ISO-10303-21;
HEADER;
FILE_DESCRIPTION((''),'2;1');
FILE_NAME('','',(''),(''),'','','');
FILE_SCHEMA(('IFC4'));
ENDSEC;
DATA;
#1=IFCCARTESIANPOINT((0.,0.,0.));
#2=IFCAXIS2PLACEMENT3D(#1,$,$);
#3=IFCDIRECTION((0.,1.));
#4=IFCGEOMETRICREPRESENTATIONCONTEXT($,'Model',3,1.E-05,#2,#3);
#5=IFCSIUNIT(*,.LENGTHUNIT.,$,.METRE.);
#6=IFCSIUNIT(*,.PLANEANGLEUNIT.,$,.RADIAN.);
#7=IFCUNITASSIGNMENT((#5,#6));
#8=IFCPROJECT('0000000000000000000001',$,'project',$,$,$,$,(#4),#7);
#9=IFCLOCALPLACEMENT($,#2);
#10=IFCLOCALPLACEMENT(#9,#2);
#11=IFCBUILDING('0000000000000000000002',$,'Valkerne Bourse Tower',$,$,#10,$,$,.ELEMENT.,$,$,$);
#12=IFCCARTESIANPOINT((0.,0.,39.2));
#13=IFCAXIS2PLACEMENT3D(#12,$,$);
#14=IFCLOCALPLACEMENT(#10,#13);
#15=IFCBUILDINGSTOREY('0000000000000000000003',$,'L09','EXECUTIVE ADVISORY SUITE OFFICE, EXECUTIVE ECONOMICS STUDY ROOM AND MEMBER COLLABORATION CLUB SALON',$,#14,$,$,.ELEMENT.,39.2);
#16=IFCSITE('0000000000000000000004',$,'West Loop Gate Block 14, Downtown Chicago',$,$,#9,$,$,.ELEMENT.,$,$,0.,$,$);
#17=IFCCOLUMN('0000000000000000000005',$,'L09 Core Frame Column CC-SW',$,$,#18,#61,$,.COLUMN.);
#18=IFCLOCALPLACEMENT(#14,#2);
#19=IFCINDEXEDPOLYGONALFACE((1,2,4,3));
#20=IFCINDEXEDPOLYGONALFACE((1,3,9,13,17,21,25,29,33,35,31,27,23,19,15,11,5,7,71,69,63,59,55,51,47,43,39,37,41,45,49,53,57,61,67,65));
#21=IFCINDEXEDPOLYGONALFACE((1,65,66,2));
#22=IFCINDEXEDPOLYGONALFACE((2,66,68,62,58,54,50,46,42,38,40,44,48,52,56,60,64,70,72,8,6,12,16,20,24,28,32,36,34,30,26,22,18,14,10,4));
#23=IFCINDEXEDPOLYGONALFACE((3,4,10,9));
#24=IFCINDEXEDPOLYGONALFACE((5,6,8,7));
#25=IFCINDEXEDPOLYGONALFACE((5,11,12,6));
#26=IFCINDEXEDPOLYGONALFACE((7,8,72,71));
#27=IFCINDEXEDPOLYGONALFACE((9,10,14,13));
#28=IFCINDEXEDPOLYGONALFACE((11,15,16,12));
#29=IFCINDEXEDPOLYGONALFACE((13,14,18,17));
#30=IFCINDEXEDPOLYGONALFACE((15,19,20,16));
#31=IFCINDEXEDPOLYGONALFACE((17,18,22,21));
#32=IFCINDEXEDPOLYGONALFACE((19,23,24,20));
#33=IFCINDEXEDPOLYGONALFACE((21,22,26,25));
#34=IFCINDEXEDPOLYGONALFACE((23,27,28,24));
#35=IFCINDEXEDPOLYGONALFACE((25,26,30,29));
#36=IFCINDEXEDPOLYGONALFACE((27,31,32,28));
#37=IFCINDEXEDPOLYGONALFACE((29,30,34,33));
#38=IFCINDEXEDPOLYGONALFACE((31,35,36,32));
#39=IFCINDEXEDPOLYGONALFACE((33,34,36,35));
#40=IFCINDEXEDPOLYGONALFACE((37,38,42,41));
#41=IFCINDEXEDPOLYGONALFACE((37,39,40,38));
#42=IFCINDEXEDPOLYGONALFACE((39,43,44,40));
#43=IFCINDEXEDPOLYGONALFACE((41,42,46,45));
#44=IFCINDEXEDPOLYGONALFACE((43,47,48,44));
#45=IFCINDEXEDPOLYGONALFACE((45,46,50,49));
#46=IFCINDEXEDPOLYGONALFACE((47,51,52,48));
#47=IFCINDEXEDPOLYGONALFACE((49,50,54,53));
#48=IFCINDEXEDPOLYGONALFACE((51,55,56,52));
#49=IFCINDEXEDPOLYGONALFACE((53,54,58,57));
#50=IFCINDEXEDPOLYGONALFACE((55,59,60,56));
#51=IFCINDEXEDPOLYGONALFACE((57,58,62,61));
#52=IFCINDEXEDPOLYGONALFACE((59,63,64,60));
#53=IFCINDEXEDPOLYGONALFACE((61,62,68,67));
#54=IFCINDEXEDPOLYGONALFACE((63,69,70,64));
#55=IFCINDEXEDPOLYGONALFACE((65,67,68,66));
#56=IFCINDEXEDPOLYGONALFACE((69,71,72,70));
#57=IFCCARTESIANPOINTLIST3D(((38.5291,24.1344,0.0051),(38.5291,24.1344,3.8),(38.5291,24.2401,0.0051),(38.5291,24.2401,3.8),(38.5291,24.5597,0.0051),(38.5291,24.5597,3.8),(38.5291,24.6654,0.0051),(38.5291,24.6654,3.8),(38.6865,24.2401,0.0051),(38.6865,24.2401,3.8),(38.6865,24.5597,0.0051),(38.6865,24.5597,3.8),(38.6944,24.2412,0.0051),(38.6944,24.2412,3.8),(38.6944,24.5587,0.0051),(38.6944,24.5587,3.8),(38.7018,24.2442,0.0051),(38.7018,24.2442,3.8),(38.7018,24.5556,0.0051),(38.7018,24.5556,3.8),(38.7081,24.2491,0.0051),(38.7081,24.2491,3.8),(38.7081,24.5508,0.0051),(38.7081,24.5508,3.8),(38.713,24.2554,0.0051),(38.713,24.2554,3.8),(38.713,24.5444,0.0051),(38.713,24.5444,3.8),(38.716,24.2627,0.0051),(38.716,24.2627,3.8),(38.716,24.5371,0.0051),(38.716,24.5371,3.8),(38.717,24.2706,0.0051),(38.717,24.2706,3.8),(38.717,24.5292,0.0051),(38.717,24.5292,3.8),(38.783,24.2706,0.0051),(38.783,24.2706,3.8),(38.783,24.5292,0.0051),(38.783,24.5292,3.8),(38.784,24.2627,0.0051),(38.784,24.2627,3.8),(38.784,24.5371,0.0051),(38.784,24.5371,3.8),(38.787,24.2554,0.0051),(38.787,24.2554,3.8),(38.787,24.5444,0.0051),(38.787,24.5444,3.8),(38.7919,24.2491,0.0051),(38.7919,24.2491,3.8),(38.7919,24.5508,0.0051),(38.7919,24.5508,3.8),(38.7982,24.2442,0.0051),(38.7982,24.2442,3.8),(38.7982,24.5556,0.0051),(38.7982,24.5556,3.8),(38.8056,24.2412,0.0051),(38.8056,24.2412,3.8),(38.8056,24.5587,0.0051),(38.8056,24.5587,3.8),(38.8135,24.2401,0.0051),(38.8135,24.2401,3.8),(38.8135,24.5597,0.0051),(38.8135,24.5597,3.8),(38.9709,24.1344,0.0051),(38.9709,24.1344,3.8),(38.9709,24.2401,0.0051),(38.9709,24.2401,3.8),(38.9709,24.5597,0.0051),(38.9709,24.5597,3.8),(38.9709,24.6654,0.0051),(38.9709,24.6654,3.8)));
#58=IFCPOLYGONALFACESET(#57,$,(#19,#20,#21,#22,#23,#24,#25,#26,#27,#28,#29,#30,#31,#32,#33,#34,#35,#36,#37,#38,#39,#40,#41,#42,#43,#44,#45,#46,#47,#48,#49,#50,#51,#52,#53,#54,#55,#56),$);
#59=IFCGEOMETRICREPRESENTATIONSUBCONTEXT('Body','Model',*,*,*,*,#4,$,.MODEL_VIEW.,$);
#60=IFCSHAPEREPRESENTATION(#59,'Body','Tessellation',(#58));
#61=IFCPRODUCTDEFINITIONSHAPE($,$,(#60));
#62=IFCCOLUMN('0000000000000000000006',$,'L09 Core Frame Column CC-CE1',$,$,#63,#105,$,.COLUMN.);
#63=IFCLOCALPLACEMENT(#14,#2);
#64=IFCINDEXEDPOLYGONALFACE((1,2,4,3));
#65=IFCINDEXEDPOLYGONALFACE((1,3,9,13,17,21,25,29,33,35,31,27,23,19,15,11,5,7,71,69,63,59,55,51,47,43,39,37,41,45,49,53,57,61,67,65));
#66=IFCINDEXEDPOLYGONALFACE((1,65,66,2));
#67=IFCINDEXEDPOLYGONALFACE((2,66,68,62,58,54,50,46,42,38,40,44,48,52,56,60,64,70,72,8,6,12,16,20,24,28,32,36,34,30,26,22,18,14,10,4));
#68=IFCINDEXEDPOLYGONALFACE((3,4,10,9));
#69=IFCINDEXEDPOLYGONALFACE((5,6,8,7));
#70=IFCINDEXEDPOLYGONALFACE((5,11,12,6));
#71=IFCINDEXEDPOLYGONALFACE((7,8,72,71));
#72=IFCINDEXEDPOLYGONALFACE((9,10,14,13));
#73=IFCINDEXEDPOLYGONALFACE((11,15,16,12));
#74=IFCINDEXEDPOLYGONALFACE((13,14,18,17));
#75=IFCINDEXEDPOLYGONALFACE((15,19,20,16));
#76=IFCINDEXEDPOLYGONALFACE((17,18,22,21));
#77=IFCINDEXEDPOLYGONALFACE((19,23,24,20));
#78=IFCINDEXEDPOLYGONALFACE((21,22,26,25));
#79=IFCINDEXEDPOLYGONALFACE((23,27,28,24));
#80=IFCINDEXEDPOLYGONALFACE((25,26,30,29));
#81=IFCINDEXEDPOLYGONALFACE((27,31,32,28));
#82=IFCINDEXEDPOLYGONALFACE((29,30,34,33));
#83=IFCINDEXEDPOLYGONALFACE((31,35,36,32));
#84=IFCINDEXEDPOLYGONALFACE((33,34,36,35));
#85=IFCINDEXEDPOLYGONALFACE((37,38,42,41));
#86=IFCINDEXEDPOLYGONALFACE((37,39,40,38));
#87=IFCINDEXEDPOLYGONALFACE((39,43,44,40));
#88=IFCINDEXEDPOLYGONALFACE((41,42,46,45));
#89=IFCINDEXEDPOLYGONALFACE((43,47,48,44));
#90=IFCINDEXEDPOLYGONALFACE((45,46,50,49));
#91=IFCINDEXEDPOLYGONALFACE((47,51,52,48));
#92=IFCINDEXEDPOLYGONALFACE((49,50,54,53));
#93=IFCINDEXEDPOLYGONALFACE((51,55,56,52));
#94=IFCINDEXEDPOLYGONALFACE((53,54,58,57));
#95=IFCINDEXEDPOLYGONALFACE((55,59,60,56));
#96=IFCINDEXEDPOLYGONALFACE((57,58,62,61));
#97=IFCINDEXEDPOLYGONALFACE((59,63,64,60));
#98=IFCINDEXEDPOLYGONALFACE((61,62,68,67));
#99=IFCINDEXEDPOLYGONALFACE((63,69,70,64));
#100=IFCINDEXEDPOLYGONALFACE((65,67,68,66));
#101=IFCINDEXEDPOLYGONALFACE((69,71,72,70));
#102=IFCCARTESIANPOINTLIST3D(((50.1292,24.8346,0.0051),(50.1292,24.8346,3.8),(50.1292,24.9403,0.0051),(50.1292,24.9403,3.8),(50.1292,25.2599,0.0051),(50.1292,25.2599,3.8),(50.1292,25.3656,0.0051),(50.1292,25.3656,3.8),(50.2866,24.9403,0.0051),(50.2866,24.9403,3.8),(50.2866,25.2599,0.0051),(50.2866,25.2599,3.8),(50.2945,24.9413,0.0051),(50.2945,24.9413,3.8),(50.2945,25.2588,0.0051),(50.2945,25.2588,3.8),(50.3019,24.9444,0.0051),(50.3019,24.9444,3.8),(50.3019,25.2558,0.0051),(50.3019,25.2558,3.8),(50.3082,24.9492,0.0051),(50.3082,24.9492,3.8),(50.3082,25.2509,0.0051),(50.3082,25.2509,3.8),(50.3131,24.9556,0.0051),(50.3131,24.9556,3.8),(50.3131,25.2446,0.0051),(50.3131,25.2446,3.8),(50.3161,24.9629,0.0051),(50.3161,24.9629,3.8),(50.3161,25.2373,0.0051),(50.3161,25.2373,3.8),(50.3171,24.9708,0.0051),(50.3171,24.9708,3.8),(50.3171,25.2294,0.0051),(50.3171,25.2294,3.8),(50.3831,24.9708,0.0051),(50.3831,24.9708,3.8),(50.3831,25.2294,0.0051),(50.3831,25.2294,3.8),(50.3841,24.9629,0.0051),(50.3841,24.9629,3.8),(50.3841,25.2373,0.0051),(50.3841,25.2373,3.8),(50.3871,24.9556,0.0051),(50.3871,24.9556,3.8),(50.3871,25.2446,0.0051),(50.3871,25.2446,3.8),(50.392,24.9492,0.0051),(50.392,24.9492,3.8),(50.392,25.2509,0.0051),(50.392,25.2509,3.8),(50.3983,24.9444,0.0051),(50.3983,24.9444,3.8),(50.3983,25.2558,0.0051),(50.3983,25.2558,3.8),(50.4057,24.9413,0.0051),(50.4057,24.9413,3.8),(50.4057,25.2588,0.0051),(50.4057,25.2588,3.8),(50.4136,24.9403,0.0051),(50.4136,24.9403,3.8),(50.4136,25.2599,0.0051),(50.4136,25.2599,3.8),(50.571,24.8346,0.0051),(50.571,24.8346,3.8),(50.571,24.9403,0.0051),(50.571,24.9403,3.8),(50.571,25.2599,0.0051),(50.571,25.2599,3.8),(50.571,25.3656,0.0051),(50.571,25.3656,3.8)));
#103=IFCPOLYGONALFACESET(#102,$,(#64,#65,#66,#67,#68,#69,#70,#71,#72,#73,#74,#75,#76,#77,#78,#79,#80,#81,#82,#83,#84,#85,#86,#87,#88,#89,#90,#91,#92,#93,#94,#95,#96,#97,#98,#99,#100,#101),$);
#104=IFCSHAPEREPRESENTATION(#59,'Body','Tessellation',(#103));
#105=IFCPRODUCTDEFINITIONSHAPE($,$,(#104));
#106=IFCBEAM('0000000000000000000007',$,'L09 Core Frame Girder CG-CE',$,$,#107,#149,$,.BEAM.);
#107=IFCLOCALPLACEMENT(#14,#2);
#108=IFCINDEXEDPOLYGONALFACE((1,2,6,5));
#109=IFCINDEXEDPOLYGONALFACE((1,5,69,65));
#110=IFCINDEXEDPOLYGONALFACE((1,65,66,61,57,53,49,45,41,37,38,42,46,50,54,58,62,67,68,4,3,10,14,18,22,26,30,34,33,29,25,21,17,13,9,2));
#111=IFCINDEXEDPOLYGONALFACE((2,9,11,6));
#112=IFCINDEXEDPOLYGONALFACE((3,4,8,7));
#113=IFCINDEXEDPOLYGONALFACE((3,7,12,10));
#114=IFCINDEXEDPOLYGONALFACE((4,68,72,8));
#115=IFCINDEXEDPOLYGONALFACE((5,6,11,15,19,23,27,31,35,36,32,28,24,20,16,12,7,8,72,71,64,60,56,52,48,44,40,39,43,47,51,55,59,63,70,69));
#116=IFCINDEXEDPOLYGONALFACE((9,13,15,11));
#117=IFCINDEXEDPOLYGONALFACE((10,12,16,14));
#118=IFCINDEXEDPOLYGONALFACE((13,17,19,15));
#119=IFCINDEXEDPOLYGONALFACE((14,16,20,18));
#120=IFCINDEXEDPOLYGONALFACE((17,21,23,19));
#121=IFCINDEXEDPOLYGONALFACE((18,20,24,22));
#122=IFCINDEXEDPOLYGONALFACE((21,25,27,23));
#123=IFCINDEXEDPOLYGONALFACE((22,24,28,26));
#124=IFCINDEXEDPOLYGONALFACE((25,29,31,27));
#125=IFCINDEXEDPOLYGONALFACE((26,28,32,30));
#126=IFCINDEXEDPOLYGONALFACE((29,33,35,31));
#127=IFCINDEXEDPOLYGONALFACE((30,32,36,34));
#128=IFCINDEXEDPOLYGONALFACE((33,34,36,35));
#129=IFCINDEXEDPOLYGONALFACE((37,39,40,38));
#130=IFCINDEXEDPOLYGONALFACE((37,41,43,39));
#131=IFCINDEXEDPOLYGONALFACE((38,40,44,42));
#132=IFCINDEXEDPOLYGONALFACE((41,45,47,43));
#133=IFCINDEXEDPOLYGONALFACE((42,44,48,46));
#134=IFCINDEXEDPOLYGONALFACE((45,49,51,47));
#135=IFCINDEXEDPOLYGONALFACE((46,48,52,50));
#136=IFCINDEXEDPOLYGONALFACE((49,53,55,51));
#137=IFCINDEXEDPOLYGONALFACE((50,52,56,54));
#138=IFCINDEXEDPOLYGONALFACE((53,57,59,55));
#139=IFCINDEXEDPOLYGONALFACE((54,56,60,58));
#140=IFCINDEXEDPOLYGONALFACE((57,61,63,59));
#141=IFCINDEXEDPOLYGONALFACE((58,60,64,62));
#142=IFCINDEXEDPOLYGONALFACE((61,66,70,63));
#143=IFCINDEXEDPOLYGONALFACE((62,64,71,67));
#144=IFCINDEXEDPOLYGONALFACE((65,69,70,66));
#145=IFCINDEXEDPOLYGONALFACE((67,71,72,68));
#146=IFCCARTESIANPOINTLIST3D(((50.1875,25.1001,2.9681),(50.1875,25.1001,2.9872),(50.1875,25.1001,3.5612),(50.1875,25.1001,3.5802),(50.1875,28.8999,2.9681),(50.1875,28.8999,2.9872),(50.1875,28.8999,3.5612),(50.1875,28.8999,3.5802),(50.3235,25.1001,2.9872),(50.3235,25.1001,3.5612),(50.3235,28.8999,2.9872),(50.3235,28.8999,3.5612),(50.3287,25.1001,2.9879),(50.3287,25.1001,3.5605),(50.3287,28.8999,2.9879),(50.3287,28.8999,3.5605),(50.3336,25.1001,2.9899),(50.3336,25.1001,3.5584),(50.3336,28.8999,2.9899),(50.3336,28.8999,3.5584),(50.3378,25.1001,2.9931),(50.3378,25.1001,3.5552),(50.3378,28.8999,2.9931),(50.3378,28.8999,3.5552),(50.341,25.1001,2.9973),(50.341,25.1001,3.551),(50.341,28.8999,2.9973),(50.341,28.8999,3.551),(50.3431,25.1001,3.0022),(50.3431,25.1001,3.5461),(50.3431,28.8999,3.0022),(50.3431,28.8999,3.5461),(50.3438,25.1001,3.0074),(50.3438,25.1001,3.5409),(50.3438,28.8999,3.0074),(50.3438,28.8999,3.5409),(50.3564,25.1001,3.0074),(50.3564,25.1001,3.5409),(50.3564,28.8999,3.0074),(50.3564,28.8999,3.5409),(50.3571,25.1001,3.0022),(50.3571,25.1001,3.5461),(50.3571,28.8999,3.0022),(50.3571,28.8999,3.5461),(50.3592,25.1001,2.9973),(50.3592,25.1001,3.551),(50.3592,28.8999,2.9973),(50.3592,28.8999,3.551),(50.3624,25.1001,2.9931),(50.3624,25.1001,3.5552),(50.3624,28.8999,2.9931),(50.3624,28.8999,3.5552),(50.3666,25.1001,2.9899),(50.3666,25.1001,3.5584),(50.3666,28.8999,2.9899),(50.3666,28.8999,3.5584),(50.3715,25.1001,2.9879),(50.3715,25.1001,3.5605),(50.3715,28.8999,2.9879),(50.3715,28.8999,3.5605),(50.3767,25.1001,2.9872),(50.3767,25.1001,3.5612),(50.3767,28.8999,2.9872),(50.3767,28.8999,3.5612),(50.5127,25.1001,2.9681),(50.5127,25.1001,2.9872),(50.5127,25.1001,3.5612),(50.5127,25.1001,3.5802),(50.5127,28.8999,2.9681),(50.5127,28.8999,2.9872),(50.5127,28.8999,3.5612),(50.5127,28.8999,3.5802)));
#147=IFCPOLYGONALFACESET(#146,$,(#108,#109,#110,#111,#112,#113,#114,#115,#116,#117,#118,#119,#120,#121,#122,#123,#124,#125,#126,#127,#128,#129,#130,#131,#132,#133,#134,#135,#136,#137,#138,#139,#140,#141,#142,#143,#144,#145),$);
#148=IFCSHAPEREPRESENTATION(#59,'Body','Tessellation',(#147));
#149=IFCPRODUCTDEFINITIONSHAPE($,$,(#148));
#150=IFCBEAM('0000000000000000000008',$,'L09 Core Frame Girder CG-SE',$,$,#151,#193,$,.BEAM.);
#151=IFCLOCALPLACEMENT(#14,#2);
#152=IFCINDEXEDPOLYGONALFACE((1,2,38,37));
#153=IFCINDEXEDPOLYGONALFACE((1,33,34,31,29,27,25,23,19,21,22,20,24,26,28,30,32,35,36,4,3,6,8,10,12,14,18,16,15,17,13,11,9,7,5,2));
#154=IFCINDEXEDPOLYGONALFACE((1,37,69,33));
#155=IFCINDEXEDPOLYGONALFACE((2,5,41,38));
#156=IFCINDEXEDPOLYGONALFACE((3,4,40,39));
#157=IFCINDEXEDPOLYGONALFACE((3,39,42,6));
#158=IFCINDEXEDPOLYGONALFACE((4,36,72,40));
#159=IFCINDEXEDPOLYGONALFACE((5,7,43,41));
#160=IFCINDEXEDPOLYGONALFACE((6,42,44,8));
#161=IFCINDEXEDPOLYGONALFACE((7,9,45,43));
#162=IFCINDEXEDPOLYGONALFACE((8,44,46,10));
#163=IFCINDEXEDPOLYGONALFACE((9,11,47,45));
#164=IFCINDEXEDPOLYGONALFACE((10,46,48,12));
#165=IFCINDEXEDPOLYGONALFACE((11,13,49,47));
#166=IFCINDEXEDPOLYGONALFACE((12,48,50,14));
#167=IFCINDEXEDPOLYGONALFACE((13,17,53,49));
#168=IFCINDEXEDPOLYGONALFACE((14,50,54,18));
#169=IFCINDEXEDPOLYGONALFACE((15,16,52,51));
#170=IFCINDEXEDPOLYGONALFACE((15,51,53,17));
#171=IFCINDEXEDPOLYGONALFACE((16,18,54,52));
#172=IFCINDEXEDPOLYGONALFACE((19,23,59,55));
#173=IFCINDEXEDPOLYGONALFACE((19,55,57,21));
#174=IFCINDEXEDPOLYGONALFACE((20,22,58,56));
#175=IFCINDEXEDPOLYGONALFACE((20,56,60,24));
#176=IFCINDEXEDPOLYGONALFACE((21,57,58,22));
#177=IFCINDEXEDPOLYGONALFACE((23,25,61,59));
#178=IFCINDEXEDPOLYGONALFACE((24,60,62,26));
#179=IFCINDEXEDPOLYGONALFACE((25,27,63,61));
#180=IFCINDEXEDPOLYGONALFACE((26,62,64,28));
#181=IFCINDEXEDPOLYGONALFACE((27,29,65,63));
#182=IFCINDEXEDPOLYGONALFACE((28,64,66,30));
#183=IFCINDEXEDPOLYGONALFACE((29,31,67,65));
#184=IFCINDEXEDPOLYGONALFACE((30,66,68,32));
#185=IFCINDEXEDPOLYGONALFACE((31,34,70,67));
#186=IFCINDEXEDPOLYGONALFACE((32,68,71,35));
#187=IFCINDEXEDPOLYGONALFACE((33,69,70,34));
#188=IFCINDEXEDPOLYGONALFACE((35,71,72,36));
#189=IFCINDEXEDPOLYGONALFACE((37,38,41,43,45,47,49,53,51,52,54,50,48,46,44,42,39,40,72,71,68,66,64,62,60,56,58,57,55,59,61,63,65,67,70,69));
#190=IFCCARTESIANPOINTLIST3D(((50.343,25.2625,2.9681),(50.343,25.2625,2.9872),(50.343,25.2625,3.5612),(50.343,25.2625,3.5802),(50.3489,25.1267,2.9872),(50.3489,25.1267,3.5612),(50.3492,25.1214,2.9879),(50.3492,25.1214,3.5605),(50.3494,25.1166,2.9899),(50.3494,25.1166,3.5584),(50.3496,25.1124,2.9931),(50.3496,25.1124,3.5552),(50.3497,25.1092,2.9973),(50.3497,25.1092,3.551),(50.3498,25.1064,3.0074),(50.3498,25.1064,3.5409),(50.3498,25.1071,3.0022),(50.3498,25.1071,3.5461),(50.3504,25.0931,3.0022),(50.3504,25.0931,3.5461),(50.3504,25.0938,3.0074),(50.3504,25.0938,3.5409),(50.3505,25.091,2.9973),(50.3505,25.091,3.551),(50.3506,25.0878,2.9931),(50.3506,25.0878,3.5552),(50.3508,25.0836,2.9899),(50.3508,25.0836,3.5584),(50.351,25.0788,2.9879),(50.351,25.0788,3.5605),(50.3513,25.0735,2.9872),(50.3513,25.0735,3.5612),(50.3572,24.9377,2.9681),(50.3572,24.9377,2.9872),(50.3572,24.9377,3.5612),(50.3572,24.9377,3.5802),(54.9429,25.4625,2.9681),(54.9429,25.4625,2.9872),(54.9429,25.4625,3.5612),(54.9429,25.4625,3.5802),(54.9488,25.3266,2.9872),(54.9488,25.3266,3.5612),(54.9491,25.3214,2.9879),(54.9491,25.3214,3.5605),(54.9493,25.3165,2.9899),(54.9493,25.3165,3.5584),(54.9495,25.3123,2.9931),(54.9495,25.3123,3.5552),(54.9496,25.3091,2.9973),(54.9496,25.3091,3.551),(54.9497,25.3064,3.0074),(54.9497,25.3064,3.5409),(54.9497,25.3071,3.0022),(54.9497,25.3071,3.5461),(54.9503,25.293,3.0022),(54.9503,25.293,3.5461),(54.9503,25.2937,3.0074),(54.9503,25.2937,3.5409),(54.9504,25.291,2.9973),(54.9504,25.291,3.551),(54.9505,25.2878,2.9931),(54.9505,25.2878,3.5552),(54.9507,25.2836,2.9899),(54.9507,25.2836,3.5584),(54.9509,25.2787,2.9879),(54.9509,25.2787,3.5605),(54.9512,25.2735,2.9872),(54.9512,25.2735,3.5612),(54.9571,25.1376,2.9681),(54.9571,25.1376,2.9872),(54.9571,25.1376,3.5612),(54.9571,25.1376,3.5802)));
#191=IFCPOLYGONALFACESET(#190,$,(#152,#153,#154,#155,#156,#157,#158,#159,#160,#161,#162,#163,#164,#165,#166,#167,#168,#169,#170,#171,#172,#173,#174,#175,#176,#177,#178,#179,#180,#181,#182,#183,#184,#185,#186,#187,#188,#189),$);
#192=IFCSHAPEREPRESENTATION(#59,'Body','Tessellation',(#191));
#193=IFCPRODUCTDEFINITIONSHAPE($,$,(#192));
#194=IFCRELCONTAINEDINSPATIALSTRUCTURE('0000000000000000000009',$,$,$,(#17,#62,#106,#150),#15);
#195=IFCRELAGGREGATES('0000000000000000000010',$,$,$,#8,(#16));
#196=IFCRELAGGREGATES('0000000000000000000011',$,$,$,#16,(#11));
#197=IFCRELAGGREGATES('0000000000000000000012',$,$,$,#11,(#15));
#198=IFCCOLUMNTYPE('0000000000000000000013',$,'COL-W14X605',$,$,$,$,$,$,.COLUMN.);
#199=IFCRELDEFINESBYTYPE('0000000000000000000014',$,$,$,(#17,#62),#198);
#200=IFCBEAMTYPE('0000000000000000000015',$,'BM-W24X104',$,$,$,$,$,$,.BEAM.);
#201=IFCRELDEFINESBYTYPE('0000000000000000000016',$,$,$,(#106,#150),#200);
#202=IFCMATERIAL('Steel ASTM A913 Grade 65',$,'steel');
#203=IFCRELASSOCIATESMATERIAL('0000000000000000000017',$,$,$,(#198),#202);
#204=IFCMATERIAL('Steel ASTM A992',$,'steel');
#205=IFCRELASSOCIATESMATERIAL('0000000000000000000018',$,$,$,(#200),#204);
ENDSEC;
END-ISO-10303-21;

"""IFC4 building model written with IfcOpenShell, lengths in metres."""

from ifc_helpers import new_model, si_unit, direction, frame, origin, origin_2d, place, context, subcontext, project, spatial, i_section, extrude, material, material_profile, profile_set, type_object, element, save


model = new_model("IFC4")

# Units and contexts
model_context = context("Model", 3, precision=1e-05, world=origin(), true_north=direction((0.0, 1.0)))
body_context = subcontext(model_context, "Body", "Model", "MODEL_VIEW")
ifc_project = project(units=[si_unit("LENGTHUNIT", "METRE"), si_unit("PLANEANGLEUNIT", "RADIAN")], contexts=[model_context])

# Site, building, storey
site_placement = place(None, origin())
site = spatial("IfcSite", under=ifc_project, at=site_placement, Name="West Loop Gate Block 14, Downtown Chicago", CompositionType="ELEMENT", RefElevation=0.0)
building_placement = place(site_placement, origin())
building = spatial("IfcBuilding", under=site, at=building_placement, Name="Valkerne Bourse Tower", CompositionType="ELEMENT")
storey_placement = place(building_placement, frame((0.0, 0.0, 39.2)))
storey = spatial("IfcBuildingStorey", under=building, at=storey_placement, Name="L09", Description="EXECUTIVE ADVISORY SUITE OFFICE, EXECUTIVE ECONOMICS STUDY ROOM AND MEMBER COLLABORATION CLUB SALON", CompositionType="ELEMENT", Elevation=39.2)

# Columns
ifc_material_1 = material(Name="Steel ASTM A913 Grade 65", Category="steel")
ifc_material_profile_1 = material_profile(ifc_material_1, i_section(OverallWidth=0.4419, OverallDepth=0.531, WebThickness=0.0659, FlangeThickness=0.1057, FilletRadius=0.0305, at=origin_2d()), Name="W14X605")
ifc_profile_set_1 = profile_set([ifc_material_profile_1], Name="Steel ASTM A913 Grade 65")
column_type = type_object("IfcColumnType", Name="COL-W14X605", PredefinedType="COLUMN", material=ifc_profile_set_1)
for number, where, z_axis, x_axis, name in (
    (1, (38.75, 24.3999, 0.0051), (0.0, 0.0, 1.0), (1.0, 0.0, 0.0), "L09 Core Frame Column CC-SW"),
    (2, (50.3501, 25.1001, 0.0051), (0.0, 0.0, 1.0), (1.0, 0.0, 0.0), "L09 Core Frame Column CC-CE1"),
):
    element("IfcColumn", number, at=place(storey_placement, frame(where, z_axis=z_axis, x_axis=x_axis)), inside=storey, type_object=column_type, Name=name, PredefinedType="COLUMN", context=body_context, shape_type="SweptSolid", body=[
        extrude(i_section(OverallWidth=0.4419, OverallDepth=0.531, WebThickness=0.0659, FlangeThickness=0.1057, FilletRadius=0.0305, at=origin_2d()), origin(), (0.0, 0.0, 1.0), 3.7949),
    ])

# Beams
ifc_material_2 = material(Name="Steel ASTM A992", Category="steel")
ifc_material_profile_2 = material_profile(ifc_material_2, i_section(OverallWidth=0.3252, OverallDepth=0.6121, WebThickness=0.0127, FlangeThickness=0.019, FilletRadius=0.0203, at=origin_2d()), Name="W24X104")
ifc_profile_set_2 = profile_set([ifc_material_profile_2], Name="Steel ASTM A992")
beam_type = type_object("IfcBeamType", Name="BM-W24X104", PredefinedType="BEAM", material=ifc_profile_set_2)
beam_1_placement = place(storey_placement, frame((50.3501, 25.1001, 3.2742), z_axis=(0.0, 1.0, 0.0), x_axis=(-1.0, 0.0, 0.0)))
element("IfcBeam", 3, at=beam_1_placement, inside=storey, type_object=beam_type, Name="L09 Core Frame Girder CG-CE", PredefinedType="BEAM", context=body_context, shape_type="SweptSolid", body=[
    extrude(i_section(OverallWidth=0.3252, OverallDepth=0.6121, WebThickness=0.0127, FlangeThickness=0.019, FilletRadius=0.0203, at=origin_2d()), origin(), (0.0, 0.0, 1.0), 3.7998),
])
beam_2_placement = place(storey_placement, frame((50.3501, 25.1001, 3.2742), z_axis=(0.999057, 0.043428, 0.0), x_axis=(-0.043428, 0.999057, 0.0)))
element("IfcBeam", 4, at=beam_2_placement, inside=storey, type_object=beam_type, Name="L09 Core Frame Girder CG-SE", PredefinedType="BEAM", context=body_context, shape_type="SweptSolid", body=[
    extrude(i_section(OverallWidth=0.3252, OverallDepth=0.6121, WebThickness=0.0127, FlangeThickness=0.019, FilletRadius=0.0203, at=origin_2d()), origin(), (0.0, 0.0, 1.0), 4.6042),
])

save(model, "model.ifc")
